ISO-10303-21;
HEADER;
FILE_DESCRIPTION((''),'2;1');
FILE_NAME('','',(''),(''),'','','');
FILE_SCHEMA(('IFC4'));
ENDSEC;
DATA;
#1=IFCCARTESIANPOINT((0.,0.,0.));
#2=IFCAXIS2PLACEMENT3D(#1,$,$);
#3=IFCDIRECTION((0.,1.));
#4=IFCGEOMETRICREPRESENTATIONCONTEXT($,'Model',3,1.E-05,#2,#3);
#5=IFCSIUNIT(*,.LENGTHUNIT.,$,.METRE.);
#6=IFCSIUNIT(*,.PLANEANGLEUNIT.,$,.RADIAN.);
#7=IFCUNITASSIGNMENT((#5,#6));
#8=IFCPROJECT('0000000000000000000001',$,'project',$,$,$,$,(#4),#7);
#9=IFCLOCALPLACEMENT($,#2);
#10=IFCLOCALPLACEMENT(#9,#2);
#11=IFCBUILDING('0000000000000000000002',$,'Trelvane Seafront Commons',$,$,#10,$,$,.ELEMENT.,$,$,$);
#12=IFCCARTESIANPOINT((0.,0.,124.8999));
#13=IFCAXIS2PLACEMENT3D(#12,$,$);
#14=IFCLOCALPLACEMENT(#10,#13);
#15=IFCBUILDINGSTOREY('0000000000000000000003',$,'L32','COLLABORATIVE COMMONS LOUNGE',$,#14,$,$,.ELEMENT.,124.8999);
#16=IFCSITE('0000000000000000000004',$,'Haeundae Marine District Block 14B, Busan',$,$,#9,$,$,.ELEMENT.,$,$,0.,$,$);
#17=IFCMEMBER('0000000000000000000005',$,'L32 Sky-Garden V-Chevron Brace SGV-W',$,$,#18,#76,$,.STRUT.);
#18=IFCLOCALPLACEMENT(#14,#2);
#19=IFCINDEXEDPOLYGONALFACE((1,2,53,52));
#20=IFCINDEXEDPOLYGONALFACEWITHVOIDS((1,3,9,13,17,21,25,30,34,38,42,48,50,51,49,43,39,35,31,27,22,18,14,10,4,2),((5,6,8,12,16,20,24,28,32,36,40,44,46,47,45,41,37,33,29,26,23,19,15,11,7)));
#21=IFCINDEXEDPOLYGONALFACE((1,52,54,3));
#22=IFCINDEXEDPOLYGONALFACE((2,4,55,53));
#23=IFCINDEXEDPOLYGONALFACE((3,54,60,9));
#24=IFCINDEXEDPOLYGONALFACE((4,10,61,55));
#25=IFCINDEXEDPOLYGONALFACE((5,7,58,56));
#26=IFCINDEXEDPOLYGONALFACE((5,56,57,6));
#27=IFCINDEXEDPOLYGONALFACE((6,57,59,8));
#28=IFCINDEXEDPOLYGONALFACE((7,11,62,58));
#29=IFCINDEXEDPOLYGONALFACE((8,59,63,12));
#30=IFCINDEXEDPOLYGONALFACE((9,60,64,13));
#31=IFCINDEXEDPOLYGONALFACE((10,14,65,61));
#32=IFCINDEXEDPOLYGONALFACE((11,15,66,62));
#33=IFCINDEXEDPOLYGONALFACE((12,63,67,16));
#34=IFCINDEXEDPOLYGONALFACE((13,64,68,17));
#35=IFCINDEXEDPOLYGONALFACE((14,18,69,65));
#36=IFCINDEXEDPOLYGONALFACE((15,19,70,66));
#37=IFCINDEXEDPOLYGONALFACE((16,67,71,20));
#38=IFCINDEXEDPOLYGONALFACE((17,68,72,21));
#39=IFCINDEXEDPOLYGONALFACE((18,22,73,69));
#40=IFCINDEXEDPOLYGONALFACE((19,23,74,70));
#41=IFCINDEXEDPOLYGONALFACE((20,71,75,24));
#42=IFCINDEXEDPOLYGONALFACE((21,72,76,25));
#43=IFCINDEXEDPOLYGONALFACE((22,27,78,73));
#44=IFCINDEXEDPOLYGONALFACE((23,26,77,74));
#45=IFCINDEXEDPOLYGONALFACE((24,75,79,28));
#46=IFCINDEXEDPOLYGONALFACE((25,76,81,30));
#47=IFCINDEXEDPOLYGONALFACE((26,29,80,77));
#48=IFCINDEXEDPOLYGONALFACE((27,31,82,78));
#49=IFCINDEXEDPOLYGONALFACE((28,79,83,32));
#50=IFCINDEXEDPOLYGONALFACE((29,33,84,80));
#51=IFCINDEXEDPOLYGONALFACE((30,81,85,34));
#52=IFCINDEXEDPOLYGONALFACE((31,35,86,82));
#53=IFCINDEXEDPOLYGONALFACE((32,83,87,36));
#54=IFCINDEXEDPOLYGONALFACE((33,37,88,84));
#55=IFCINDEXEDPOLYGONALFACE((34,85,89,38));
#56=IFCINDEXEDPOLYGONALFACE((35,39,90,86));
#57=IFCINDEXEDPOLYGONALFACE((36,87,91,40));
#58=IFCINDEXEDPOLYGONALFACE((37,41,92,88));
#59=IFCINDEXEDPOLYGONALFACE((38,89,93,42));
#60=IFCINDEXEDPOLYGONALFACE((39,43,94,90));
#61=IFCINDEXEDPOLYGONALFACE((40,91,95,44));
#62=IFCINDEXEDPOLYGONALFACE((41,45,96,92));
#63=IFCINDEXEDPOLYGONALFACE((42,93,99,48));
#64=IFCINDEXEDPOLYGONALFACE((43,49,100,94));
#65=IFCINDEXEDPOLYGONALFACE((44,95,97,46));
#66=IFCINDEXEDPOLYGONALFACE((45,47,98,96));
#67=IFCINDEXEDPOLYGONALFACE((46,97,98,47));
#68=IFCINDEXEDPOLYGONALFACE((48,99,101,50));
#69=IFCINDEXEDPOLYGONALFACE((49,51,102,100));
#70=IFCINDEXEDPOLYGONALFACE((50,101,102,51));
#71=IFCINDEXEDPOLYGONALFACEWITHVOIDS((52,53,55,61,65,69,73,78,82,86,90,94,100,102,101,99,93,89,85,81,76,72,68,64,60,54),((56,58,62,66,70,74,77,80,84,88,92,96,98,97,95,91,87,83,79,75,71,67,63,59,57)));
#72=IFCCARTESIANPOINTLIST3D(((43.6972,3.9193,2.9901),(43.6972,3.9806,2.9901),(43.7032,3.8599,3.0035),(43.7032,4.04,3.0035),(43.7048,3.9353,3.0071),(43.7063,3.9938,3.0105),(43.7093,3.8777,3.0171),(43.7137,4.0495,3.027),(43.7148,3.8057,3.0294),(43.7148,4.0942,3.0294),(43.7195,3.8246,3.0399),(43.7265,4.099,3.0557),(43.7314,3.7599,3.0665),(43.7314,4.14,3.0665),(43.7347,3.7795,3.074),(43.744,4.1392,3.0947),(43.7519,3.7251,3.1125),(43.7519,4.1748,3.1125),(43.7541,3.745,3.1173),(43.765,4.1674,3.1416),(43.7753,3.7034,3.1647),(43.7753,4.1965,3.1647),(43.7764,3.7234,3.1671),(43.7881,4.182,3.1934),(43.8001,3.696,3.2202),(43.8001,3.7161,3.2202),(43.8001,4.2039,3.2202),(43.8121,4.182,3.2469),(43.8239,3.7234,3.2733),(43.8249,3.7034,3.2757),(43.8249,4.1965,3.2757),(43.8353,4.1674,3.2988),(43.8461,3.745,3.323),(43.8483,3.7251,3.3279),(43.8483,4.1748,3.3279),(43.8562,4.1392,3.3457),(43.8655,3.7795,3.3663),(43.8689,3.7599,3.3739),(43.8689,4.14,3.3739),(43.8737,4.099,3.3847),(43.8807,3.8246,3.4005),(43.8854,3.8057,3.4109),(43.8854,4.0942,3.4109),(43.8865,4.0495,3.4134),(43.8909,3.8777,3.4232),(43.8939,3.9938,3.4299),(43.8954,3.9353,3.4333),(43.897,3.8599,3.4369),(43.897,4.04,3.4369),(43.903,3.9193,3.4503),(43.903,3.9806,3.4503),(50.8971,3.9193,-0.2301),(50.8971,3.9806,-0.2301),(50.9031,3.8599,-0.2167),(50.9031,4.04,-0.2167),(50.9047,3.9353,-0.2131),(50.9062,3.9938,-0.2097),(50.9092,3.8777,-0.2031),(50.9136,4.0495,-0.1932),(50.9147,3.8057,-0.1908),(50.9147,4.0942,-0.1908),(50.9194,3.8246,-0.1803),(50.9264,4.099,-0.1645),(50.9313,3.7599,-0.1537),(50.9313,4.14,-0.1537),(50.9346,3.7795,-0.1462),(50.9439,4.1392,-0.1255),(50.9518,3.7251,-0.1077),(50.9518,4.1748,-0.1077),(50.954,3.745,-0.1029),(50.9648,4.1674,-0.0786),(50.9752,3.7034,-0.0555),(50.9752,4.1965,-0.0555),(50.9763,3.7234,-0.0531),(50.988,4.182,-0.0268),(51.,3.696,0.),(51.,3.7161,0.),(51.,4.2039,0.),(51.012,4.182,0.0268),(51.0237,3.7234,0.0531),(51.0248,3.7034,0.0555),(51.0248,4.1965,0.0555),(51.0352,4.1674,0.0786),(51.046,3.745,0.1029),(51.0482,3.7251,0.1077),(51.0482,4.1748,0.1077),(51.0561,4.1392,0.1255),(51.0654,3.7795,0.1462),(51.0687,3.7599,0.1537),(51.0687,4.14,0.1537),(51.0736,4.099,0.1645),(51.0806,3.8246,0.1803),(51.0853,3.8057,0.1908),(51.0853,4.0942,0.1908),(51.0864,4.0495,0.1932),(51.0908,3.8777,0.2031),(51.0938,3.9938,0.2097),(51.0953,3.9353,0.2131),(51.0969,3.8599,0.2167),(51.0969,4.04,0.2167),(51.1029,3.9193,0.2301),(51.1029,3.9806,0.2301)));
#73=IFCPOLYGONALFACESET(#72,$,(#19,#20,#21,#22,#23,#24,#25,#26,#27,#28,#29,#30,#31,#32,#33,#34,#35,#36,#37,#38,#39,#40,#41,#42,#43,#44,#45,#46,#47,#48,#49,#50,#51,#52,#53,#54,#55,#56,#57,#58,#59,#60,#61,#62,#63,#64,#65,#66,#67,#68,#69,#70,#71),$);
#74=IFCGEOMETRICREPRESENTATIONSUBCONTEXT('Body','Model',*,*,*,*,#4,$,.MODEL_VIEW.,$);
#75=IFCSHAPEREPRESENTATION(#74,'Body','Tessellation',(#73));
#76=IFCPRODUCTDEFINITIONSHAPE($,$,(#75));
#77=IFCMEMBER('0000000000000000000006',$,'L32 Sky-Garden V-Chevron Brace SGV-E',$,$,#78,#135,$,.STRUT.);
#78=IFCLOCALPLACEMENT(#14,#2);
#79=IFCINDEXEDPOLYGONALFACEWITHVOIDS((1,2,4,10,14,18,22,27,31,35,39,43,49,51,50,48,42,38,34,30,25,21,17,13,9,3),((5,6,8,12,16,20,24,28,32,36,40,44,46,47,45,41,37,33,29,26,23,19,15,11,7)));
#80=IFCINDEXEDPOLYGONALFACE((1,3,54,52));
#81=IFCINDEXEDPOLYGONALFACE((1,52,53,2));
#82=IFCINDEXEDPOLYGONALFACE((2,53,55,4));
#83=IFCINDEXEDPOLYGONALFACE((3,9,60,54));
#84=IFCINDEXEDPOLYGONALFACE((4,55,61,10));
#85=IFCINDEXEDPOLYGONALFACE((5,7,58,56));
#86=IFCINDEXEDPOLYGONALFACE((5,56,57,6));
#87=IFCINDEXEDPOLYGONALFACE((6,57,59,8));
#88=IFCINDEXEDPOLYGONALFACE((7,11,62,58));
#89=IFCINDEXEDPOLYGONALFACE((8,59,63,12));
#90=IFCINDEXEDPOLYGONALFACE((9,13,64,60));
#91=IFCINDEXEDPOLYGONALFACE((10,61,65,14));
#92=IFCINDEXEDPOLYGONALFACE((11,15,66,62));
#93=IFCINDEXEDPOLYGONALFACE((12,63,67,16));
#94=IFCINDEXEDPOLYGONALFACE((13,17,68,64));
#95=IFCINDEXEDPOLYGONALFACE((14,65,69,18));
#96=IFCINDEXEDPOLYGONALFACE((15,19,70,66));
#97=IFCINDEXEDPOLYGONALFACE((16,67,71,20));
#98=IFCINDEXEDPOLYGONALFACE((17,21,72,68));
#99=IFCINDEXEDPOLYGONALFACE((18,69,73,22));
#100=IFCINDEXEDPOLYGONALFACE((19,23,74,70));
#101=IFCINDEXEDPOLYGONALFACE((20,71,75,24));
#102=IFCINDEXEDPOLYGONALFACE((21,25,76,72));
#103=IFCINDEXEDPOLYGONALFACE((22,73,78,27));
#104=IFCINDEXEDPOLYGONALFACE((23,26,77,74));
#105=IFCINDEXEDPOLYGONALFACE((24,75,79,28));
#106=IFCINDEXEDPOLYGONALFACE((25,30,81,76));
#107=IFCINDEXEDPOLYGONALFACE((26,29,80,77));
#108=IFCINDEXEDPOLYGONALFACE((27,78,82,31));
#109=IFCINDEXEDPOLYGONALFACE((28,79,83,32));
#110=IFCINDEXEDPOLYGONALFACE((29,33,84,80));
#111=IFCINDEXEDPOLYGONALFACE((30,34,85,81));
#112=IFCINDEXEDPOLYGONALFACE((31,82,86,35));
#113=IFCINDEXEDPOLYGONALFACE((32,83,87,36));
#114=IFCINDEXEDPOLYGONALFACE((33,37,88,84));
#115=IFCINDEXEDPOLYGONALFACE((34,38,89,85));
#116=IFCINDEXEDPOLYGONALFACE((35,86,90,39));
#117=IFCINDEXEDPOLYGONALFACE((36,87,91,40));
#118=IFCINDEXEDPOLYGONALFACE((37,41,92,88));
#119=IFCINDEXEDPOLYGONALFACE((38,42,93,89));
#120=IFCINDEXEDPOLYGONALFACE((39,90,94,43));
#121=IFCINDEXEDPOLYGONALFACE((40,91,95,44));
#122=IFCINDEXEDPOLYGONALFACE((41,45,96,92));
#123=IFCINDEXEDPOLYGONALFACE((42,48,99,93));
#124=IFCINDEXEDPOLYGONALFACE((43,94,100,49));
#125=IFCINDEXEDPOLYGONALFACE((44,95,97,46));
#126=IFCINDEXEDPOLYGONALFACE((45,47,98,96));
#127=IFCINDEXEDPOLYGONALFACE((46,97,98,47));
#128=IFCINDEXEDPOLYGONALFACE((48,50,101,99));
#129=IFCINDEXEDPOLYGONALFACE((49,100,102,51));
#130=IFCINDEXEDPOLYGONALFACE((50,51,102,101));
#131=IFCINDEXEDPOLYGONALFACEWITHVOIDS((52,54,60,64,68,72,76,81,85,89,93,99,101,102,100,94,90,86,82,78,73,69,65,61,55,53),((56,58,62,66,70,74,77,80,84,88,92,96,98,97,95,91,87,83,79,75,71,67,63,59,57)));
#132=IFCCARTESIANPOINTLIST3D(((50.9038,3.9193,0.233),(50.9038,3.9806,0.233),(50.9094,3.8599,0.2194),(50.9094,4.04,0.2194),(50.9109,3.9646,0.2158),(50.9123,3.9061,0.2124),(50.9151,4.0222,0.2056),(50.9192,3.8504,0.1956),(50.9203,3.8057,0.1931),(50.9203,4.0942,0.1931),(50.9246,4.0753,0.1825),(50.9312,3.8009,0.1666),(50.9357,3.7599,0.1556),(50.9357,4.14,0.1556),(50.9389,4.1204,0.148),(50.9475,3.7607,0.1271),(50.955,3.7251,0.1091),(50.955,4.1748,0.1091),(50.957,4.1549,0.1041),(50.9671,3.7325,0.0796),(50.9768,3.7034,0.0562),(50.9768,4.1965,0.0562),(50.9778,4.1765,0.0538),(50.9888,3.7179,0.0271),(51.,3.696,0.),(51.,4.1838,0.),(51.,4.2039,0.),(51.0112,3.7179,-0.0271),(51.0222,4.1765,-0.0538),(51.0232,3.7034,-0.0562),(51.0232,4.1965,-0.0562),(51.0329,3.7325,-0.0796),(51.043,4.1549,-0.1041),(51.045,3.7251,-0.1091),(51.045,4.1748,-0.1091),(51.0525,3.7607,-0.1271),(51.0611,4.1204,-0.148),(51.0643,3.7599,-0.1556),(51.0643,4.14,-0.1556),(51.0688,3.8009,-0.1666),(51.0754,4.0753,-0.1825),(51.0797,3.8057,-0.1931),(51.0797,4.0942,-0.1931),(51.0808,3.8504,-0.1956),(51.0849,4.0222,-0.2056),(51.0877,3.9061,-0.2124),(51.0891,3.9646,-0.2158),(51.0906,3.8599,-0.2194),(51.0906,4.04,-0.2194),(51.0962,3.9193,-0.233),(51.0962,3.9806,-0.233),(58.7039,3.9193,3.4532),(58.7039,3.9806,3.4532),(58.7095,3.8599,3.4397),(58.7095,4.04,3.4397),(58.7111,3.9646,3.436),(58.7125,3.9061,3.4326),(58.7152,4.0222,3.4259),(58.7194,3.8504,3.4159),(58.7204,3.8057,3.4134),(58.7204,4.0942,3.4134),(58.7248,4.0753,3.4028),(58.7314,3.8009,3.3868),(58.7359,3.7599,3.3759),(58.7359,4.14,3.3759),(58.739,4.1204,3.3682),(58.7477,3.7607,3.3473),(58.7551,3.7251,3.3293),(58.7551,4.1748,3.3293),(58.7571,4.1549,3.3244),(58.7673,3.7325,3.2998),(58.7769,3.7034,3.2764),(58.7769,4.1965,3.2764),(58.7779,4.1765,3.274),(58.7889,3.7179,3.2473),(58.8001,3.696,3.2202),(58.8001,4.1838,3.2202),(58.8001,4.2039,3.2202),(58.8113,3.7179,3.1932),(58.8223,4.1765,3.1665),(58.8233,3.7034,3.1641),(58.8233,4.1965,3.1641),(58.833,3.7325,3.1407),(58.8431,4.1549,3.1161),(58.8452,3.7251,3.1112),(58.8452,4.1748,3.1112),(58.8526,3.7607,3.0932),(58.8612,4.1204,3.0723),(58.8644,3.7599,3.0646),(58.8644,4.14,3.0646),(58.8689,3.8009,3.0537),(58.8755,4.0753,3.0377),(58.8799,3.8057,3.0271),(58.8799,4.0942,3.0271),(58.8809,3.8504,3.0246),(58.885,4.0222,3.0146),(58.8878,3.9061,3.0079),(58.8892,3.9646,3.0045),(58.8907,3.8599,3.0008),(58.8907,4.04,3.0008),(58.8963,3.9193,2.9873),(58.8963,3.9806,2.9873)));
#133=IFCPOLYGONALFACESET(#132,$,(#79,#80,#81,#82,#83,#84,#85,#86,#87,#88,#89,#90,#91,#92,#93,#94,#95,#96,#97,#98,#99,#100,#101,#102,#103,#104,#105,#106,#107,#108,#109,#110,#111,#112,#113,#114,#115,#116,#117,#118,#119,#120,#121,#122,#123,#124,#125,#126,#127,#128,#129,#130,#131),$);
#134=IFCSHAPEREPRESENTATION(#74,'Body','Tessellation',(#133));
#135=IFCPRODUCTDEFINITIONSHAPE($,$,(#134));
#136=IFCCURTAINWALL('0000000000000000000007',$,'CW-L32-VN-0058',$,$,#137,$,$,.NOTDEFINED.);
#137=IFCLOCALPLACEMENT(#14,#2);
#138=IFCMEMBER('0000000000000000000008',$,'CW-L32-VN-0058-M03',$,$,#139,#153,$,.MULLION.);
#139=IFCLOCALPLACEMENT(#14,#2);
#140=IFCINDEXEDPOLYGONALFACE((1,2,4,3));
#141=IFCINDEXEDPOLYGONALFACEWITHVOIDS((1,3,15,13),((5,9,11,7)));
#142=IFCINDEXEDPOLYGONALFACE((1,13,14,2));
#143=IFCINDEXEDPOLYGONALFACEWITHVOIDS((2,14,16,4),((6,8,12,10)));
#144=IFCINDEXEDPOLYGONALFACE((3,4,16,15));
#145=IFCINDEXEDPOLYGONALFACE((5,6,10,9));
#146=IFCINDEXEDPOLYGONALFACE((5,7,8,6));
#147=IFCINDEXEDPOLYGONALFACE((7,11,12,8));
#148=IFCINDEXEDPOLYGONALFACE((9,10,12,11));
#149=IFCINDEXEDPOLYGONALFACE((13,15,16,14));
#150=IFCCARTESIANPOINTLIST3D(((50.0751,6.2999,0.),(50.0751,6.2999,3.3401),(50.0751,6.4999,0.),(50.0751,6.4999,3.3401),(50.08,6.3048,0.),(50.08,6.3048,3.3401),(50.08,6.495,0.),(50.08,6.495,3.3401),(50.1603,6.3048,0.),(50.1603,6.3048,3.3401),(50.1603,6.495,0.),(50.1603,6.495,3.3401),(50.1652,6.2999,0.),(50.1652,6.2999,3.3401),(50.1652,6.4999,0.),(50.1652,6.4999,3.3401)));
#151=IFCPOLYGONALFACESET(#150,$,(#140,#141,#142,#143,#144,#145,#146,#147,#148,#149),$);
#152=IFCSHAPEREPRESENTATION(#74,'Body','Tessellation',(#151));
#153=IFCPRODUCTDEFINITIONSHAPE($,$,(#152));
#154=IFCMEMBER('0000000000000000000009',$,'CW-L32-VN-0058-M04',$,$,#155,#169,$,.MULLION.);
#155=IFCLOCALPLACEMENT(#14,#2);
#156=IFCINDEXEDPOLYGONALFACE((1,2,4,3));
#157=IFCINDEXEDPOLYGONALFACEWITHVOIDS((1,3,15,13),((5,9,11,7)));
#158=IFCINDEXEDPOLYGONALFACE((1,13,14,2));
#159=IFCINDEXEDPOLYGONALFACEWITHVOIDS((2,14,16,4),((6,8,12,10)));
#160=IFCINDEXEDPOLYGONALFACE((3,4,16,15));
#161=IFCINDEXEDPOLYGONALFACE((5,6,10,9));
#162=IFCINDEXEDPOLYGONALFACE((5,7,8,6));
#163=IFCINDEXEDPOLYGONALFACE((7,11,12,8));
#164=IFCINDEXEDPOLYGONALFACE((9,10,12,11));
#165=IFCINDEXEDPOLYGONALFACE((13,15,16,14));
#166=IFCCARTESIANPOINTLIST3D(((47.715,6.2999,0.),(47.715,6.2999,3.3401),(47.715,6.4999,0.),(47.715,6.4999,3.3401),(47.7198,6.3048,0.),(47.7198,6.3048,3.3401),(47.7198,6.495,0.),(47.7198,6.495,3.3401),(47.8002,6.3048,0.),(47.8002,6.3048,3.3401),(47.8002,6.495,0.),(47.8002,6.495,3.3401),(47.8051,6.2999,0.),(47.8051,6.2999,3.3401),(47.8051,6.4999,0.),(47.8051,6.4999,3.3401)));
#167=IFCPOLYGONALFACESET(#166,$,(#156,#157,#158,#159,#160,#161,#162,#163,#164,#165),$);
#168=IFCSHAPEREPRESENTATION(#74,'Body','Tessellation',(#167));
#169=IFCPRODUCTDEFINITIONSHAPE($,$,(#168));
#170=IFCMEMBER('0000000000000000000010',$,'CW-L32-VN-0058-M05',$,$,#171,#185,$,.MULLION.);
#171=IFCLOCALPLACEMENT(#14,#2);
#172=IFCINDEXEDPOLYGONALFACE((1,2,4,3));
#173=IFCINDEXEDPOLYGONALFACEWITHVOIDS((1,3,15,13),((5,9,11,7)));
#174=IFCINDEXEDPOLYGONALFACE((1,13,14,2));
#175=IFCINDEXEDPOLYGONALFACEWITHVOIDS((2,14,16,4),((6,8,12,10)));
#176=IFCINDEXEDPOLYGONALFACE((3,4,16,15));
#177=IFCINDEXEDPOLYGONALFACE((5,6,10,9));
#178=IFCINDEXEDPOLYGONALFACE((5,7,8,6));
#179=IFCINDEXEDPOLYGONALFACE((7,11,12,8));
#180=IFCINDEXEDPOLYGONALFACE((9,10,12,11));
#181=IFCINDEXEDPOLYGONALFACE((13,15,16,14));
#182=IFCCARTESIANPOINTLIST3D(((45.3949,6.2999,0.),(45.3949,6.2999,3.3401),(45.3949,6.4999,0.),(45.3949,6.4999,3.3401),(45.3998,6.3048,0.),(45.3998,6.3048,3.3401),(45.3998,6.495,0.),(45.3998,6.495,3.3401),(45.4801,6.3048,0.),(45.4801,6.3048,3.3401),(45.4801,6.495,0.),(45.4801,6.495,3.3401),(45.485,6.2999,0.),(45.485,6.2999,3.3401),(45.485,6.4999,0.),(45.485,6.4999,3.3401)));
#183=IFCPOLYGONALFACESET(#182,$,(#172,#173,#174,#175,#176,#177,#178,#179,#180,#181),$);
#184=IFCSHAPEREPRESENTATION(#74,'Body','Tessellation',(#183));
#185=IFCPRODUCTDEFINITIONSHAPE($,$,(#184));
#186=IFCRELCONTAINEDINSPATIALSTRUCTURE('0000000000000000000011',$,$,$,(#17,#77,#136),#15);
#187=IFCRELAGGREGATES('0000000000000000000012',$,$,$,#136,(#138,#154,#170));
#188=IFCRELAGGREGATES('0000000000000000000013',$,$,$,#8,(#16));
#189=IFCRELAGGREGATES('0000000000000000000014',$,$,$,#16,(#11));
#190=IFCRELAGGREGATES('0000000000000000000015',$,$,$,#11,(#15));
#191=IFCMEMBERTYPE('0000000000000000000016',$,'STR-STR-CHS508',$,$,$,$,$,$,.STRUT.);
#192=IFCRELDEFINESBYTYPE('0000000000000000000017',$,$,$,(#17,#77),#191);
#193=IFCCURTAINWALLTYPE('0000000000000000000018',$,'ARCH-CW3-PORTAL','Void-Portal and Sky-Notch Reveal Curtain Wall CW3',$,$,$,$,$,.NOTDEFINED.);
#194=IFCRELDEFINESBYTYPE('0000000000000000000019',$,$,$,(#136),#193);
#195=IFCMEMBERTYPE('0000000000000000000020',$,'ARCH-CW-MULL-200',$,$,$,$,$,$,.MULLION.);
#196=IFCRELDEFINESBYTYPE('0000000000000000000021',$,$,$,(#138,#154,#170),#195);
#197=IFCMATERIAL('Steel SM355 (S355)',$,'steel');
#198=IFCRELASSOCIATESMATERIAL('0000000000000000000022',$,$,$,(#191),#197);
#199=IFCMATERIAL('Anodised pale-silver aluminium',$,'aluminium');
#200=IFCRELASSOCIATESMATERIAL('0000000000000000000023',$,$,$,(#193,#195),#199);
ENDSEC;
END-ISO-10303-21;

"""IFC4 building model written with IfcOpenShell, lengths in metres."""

from ifc_helpers import new_model, si_unit, direction, frame, origin, origin_2d, place, context, subcontext, project, spatial, hollow_rectangle, hollow_circle, extrude, source, transform, mapped, material, material_profile, profile_set, type_object, element, aggregate, save


model = new_model("IFC4")

# Units and contexts
model_context = context("Model", 3, precision=1e-05, world=origin(), true_north=direction((0.0, 1.0)))
body_context = subcontext(model_context, "Body", "Model", "MODEL_VIEW")
ifc_project = project(units=[si_unit("LENGTHUNIT", "METRE"), si_unit("PLANEANGLEUNIT", "RADIAN")], contexts=[model_context])

# Site, building, storey
site_placement = place(None, origin())
site = spatial("IfcSite", under=ifc_project, at=site_placement, Name="Haeundae Marine District Block 14B, Busan", CompositionType="ELEMENT", RefElevation=0.0)
building_placement = place(site_placement, origin())
building = spatial("IfcBuilding", under=site, at=building_placement, Name="Trelvane Seafront Commons", CompositionType="ELEMENT")
storey_placement = place(building_placement, frame((0.0, 0.0, 124.8999)))
storey = spatial("IfcBuildingStorey", under=building, at=storey_placement, Name="L32", Description="COLLABORATIVE COMMONS LOUNGE", CompositionType="ELEMENT", Elevation=124.8999)

# Shared definitions
ifc_material_1 = material(Name="Steel SM355 (S355)", Category="steel")

# Members
ifc_material_profile_1 = material_profile(ifc_material_1, hollow_circle(Radius=0.2539, WallThickness=0.02, at=origin_2d()), Name="CHS-508x20")
ifc_profile_set_1 = profile_set([ifc_material_profile_1], Name="Steel SM355 (S355)")
member_type_1 = type_object("IfcMemberType", Name="STR-STR-CHS508", PredefinedType="STRUT", material=ifc_profile_set_1)
shared_shape_1 = source(origin(), body_context, "Body", "SweptSolid", [
    extrude(hollow_circle(Radius=0.2539, WallThickness=0.02, at=origin_2d()), origin(), (0.0, 0.0, 1.0), 7.8872),
])
member_1_placement = place(storey_placement, frame((51.0, 3.95, 0.0), z_axis=(-0.912857, 0.0, 0.40828), x_axis=(0.0, -1.0, 0.0)))
element("IfcMember", 1, at=member_1_placement, inside=storey, type_object=member_type_1, Name="L32 Sky-Garden V-Chevron Brace SGV-W", PredefinedType="STRUT", context=body_context, shape_type="MappedRepresentation", body=[
    mapped(shared_shape_1, transform((0.0, 0.0, 0.0), x_axis=(1.0, 0.0, 0.0), y_axis=(0.0, 1.0, 0.0), z_axis=(0.0, 0.0, 1.0), scale=1.0)),
])
shared_shape_2 = source(origin(), body_context, "Body", "SweptSolid", [
    extrude(hollow_circle(Radius=0.2539, WallThickness=0.02, at=origin_2d()), origin(), (0.0, 0.0, 1.0), 8.4387),
])
member_2_placement = place(storey_placement, frame((51.0, 3.95, 0.0), z_axis=(0.924326, 0.0, 0.381604), x_axis=(0.0, 1.0, 0.0)))
element("IfcMember", 2, at=member_2_placement, inside=storey, type_object=member_type_1, Name="L32 Sky-Garden V-Chevron Brace SGV-E", PredefinedType="STRUT", context=body_context, shape_type="MappedRepresentation", body=[
    mapped(shared_shape_2, transform((0.0, 0.0, 0.0), x_axis=(1.0, 0.0, 0.0), y_axis=(0.0, 1.0, 0.0), z_axis=(0.0, 0.0, 1.0), scale=1.0)),
])

# Curtain wall, members
ifc_material_2 = material(Name="Anodised pale-silver aluminium", Category="aluminium")
curtain_wall_type = type_object("IfcCurtainWallType", Name="ARCH-CW3-PORTAL", Description="Void-Portal and Sky-Notch Reveal Curtain Wall CW3", PredefinedType="NOTDEFINED", material=ifc_material_2)
curtain_wall_placement = place(storey_placement, origin())
curtain_wall = element("IfcCurtainWall", 3, at=curtain_wall_placement, inside=storey, type_object=curtain_wall_type, Name="CW-L32-VN-0058", PredefinedType="NOTDEFINED")
ifc_material_profile_2 = material_profile(ifc_material_2, hollow_rectangle(XDim=0.0901, YDim=0.2, WallThickness=0.0049, at=origin_2d()), Name="MULL-90x200x5")
ifc_profile_set_2 = profile_set([ifc_material_profile_2], Name="Anodised pale-silver aluminium")
member_type_2 = type_object("IfcMemberType", Name="ARCH-CW-MULL-200", PredefinedType="MULLION", material=ifc_profile_set_2)
shared_shape_3 = source(origin(), body_context, "Body", "SweptSolid", [
    extrude(hollow_rectangle(XDim=0.0901, YDim=0.2, WallThickness=0.0049, at=origin_2d()), origin(), (0.0, 0.0, 1.0), 3.3401),
])
member_3_placement = place(storey_placement, frame((50.1201, 6.3999, 0.0), z_axis=(0.0, 0.0, 1.0), x_axis=(1.0, 0.0, 0.0)))
member_3 = element("IfcMember", 4, at=member_3_placement, type_object=member_type_2, Name="CW-L32-VN-0058-M03", PredefinedType="MULLION", context=body_context, shape_type="MappedRepresentation", body=[
    mapped(shared_shape_3, transform((0.0, 0.0, 0.0), x_axis=(1.0, 0.0, 0.0), y_axis=(0.0, 1.0, 0.0), z_axis=(0.0, 0.0, 1.0), scale=1.0)),
])
member_4_placement = place(storey_placement, frame((47.76, 6.3999, 0.0), z_axis=(0.0, 0.0, 1.0), x_axis=(1.0, 0.0, 0.0)))
member_4 = element("IfcMember", 5, at=member_4_placement, type_object=member_type_2, Name="CW-L32-VN-0058-M04", PredefinedType="MULLION", context=body_context, shape_type="MappedRepresentation", body=[
    mapped(shared_shape_3, transform((0.0, 0.0, 0.0), x_axis=(1.0, 0.0, 0.0), y_axis=(0.0, 1.0, 0.0), z_axis=(0.0, 0.0, 1.0), scale=1.0)),
])
member_5_placement = place(storey_placement, frame((45.4399, 6.3999, 0.0), z_axis=(0.0, 0.0, 1.0), x_axis=(1.0, 0.0, 0.0)))
member_5 = element("IfcMember", 6, at=member_5_placement, type_object=member_type_2, Name="CW-L32-VN-0058-M05", PredefinedType="MULLION", context=body_context, shape_type="MappedRepresentation", body=[
    mapped(shared_shape_3, transform((0.0, 0.0, 0.0), x_axis=(1.0, 0.0, 0.0), y_axis=(0.0, 1.0, 0.0), z_axis=(0.0, 0.0, 1.0), scale=1.0)),
])

aggregate(curtain_wall, [member_3, member_4, member_5])

save(model, "model.ifc")
